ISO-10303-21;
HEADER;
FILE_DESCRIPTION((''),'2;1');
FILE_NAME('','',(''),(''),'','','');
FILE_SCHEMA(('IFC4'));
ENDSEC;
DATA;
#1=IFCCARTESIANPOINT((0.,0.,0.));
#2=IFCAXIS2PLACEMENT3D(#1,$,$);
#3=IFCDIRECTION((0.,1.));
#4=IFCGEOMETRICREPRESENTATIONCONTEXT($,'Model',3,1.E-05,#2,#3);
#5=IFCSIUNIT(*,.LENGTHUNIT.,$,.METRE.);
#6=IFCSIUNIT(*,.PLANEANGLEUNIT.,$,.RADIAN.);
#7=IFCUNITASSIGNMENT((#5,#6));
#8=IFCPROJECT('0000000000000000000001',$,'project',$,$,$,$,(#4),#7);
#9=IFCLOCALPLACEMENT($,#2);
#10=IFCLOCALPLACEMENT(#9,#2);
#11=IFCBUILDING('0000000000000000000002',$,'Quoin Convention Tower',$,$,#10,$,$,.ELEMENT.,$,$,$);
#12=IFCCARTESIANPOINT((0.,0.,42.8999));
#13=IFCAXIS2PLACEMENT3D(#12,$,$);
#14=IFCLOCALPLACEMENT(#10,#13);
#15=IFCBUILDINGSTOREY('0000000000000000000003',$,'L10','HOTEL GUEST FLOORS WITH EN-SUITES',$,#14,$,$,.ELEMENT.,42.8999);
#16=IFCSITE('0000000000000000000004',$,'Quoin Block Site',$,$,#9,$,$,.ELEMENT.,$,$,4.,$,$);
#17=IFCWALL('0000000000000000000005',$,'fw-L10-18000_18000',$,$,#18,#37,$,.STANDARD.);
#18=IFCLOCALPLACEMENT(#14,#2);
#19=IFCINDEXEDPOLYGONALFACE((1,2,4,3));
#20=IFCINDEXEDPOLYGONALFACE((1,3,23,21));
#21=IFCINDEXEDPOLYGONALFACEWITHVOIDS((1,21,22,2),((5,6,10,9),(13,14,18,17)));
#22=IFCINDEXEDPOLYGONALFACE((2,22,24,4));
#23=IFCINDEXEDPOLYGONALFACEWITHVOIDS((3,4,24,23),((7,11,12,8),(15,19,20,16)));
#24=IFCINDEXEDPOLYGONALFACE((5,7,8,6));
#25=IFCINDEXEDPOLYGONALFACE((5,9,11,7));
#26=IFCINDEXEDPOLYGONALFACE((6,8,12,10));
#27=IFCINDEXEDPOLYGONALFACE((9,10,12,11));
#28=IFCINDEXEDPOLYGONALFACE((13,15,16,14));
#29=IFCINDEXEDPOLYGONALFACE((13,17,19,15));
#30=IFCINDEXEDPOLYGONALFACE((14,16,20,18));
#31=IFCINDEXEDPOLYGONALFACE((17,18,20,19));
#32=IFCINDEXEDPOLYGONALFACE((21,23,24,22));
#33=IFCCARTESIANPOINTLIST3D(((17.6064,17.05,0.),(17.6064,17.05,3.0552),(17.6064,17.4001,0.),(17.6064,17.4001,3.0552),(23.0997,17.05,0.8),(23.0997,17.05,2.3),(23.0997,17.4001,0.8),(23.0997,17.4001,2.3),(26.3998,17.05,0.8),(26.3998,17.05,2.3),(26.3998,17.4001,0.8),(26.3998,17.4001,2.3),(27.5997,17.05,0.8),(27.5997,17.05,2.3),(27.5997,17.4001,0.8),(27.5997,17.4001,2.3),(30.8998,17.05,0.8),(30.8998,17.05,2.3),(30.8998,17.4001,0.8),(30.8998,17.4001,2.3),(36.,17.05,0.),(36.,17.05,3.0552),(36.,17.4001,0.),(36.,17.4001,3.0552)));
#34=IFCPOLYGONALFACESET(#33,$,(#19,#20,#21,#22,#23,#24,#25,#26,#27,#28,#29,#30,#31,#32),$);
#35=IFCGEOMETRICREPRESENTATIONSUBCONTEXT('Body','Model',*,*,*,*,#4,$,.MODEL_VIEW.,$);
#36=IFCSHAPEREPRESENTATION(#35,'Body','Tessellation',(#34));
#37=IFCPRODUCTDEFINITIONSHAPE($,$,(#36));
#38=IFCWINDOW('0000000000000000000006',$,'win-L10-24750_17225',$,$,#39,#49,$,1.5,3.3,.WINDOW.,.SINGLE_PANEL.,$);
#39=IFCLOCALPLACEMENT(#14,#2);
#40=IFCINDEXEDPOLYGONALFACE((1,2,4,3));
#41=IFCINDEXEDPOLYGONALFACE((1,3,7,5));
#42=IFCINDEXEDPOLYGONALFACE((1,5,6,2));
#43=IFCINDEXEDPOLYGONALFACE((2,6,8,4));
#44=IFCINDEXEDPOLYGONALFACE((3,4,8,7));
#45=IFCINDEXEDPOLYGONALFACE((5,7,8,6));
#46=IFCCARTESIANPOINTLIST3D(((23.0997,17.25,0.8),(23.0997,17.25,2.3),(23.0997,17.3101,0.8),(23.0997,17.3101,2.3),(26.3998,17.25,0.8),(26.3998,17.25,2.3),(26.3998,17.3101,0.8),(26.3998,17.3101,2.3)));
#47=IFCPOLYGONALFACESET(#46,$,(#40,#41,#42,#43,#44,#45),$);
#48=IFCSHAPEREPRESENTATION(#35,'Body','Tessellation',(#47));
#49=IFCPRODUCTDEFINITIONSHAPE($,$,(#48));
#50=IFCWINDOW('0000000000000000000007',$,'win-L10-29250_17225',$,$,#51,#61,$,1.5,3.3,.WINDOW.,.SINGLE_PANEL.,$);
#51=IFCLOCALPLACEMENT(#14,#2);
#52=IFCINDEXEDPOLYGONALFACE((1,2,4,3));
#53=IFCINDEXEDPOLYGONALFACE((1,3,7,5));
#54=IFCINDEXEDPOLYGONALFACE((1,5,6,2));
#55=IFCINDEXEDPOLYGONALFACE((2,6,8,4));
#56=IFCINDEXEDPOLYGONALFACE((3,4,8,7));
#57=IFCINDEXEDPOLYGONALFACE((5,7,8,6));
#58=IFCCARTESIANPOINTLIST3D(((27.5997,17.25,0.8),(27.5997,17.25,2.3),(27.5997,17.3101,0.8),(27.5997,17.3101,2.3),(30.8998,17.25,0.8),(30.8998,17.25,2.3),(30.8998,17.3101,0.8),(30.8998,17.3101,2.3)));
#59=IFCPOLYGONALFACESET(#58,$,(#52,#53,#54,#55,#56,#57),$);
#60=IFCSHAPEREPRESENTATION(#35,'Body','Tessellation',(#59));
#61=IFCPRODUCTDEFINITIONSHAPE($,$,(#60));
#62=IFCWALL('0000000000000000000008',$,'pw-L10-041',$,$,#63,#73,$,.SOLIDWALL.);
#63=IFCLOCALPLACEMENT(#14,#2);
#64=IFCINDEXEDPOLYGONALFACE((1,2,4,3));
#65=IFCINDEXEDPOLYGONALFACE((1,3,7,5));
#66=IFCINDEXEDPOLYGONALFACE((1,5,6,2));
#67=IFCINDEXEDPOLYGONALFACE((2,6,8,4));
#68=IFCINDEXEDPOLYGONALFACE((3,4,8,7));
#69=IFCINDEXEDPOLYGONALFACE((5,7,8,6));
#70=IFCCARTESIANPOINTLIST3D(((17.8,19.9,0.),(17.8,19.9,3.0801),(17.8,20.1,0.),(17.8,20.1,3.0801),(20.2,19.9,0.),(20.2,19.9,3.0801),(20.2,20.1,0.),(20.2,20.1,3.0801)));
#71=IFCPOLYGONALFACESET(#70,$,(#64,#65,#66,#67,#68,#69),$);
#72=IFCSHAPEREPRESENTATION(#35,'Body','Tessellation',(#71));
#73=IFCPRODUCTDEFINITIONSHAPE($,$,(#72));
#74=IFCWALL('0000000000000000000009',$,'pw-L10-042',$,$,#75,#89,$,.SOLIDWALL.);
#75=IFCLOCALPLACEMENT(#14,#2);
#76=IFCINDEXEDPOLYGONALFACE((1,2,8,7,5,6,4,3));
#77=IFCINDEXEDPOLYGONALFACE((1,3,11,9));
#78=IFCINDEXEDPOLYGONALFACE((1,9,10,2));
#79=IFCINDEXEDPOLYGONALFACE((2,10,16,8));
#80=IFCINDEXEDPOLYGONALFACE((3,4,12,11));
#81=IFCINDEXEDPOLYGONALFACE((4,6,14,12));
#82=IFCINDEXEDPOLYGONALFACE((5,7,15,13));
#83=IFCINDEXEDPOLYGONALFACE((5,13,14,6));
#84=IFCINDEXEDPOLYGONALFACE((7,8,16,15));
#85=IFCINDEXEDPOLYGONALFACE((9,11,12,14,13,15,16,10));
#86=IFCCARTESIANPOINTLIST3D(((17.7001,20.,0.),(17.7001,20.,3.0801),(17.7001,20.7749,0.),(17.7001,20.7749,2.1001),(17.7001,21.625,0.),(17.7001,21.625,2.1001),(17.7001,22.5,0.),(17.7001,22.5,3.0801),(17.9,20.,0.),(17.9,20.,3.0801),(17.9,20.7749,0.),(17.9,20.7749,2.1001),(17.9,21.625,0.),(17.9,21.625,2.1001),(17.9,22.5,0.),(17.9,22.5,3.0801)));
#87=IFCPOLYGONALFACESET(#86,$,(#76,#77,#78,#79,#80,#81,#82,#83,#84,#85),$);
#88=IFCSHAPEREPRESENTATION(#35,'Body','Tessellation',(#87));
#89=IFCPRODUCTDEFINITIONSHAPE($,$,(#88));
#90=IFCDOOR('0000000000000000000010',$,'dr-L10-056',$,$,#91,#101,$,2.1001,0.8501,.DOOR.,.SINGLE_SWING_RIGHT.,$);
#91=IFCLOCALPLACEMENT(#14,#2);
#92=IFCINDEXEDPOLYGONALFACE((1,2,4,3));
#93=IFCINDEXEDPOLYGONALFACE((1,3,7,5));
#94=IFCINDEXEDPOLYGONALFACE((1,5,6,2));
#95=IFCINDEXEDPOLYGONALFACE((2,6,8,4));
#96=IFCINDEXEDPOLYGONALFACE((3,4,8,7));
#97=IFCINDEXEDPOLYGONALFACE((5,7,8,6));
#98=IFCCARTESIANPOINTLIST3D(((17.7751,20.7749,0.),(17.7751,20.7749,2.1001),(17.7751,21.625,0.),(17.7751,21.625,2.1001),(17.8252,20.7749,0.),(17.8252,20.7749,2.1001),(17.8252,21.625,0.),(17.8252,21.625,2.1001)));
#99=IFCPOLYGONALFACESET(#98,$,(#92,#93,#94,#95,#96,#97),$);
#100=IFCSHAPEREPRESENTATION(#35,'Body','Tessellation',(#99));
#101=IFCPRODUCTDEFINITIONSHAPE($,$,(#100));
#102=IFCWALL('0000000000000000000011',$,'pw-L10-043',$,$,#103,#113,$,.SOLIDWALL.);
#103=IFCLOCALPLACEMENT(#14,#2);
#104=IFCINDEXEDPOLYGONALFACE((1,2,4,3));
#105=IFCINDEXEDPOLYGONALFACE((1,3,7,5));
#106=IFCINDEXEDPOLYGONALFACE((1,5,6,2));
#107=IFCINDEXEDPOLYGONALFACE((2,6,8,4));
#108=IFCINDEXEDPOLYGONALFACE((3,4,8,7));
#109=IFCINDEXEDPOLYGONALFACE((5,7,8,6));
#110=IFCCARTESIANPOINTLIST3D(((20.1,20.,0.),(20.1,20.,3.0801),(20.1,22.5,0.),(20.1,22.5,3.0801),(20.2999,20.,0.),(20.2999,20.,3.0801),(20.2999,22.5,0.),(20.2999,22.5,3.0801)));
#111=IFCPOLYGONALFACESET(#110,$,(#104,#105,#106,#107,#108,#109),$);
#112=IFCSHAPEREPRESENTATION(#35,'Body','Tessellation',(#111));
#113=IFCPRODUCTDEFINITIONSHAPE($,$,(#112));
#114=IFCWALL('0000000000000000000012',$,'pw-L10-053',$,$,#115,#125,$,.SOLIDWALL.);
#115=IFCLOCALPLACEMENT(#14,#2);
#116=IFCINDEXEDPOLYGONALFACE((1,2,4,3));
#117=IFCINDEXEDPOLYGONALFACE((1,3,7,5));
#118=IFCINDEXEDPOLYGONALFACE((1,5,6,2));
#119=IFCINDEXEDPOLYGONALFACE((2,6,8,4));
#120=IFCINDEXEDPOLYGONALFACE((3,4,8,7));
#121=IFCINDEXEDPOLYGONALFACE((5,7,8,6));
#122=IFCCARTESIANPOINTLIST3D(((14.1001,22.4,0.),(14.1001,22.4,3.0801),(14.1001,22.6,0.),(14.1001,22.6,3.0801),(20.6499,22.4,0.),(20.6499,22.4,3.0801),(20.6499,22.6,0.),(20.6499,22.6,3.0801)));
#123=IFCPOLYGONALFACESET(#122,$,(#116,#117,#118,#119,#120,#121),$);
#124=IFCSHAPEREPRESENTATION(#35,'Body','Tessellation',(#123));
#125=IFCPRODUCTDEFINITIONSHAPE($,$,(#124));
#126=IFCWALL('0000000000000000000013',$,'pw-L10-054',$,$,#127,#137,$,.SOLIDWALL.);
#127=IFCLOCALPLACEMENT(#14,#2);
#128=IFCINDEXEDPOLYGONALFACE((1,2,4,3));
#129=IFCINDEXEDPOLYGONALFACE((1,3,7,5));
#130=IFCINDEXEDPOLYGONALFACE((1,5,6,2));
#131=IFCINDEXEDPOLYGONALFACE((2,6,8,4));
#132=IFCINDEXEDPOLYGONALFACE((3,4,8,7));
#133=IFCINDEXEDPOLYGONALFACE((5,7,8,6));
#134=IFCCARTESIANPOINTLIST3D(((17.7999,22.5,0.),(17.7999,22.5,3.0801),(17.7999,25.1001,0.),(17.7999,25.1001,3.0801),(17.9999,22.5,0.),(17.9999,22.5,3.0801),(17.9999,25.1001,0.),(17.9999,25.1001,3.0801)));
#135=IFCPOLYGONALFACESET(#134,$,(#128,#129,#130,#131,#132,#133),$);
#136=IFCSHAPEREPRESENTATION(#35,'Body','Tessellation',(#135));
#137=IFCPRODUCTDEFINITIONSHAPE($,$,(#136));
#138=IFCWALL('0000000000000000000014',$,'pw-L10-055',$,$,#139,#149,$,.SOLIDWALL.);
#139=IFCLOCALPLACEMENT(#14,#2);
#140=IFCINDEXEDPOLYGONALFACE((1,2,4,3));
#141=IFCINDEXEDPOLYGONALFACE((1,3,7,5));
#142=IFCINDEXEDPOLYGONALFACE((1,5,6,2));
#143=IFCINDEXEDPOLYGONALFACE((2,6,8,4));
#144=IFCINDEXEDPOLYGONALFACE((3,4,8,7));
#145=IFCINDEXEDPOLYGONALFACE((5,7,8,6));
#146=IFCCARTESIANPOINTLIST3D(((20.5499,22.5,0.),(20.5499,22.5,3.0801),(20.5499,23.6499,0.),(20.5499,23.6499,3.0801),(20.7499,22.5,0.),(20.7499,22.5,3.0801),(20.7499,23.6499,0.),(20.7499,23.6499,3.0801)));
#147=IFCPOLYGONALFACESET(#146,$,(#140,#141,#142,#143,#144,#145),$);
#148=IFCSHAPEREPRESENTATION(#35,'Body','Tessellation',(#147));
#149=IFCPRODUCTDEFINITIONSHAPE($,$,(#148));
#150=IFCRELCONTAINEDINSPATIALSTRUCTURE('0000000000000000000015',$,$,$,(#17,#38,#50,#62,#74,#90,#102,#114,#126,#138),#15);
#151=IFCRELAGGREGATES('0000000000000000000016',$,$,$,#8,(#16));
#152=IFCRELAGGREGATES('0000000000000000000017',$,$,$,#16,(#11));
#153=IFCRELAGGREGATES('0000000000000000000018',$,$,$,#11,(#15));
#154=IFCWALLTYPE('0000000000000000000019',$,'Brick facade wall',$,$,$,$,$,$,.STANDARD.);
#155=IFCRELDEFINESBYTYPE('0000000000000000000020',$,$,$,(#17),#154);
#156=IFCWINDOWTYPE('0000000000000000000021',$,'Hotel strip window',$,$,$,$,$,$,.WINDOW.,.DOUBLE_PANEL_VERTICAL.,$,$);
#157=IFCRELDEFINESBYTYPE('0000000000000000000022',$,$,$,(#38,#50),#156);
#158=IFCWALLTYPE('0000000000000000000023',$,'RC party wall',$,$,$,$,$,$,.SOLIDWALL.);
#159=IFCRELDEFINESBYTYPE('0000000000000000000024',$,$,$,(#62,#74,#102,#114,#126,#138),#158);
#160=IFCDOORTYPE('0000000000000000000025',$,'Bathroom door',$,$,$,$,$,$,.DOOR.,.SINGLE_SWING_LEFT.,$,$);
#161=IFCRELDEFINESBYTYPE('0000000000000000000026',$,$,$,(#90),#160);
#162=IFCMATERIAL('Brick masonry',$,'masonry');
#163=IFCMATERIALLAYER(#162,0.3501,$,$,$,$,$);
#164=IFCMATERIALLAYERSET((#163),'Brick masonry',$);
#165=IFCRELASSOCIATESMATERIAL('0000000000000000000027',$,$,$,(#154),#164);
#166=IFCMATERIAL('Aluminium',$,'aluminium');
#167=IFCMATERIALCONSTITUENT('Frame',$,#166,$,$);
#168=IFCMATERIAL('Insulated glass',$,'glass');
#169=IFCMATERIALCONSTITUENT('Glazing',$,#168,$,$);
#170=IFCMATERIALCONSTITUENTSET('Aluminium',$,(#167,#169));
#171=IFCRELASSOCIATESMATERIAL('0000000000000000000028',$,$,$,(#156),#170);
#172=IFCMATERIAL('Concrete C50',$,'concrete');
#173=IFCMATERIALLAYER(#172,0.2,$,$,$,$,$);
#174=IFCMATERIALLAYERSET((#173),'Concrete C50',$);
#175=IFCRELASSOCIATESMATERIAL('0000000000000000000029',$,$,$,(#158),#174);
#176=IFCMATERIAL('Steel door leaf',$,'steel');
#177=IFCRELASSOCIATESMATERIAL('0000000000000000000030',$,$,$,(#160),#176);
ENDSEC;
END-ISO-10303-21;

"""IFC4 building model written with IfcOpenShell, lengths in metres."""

from ifc_helpers import new_model, si_unit, direction, frame, frame_2d, origin, place, context, subcontext, project, spatial, rectangle, extrude, material, layer, layer_set, constituent, constituent_set, type_object, element, fill, save


model = new_model("IFC4")

# Units and contexts
model_context = context("Model", 3, precision=1e-05, world=origin(), true_north=direction((0.0, 1.0)))
body_context = subcontext(model_context, "Body", "Model", "MODEL_VIEW")
ifc_project = project(units=[si_unit("LENGTHUNIT", "METRE"), si_unit("PLANEANGLEUNIT", "RADIAN")], contexts=[model_context])

# Site, building, storey
site_placement = place(None, origin())
site = spatial("IfcSite", under=ifc_project, at=site_placement, Name="Quoin Block Site", CompositionType="ELEMENT", RefElevation=4.0)
building_placement = place(site_placement, origin())
building = spatial("IfcBuilding", under=site, at=building_placement, Name="Quoin Convention Tower", CompositionType="ELEMENT")
storey_placement = place(building_placement, frame((0.0, 0.0, 42.8999)))
storey = spatial("IfcBuildingStorey", under=building, at=storey_placement, Name="L10", Description="HOTEL GUEST FLOORS WITH EN-SUITES", CompositionType="ELEMENT", Elevation=42.8999)

# Shared definitions
ifc_material_1 = material(Name="Concrete C50", Category="concrete")

# Shared definitions
ifc_material_2 = material(Name="Brick masonry", Category="masonry")
ifc_layer_1 = layer(ifc_material_2, 0.3501)
ifc_layer_set_1 = layer_set([ifc_layer_1], Name="Brick masonry")
wall_type_1 = type_object("IfcWallType", Name="Brick facade wall", PredefinedType="STANDARD", material=ifc_layer_set_1)
ifc_material_3 = material(Name="Aluminium", Category="aluminium")
ifc_constituent_1 = constituent(ifc_material_3, Name="Frame")
ifc_material_4 = material(Name="Insulated glass", Category="glass")
ifc_constituent_2 = constituent(ifc_material_4, Name="Glazing")
ifc_constituent_set = constituent_set(constituents=[ifc_constituent_1, ifc_constituent_2], Name="Aluminium")
window_type = type_object("IfcWindowType", Name="Hotel strip window", PartitioningType="DOUBLE_PANEL_VERTICAL", PredefinedType="WINDOW", material=ifc_constituent_set)

# Wall, openings, windows
wall_1_placement = place(storey_placement, frame((17.6064, 17.2251, 0.0), z_axis=(0.0, 0.0, 1.0), x_axis=(1.0, 0.0, 0.0)))
wall_1 = element("IfcWall", 1, at=wall_1_placement, inside=storey, type_object=wall_type_1, Name="fw-L10-18000_18000", PredefinedType="STANDARD", context=body_context, shape_type="SweptSolid", body=[
    extrude(rectangle(XDim=18.3936, YDim=0.3501, at=frame_2d((9.1968, 0.0))), origin(), (0.0, 0.0, 1.0), 3.0552),
])
opening_1_placement = place(wall_1_placement, frame((5.4934, 0.0, 0.8)))
opening_1 = element("IfcOpeningElement", 2, at=opening_1_placement, cuts=wall_1, PredefinedType="OPENING", context=body_context, shape_type="SweptSolid", body=[
    extrude(rectangle(XDim=3.3, YDim=1.5, at=frame_2d((1.6499, 0.75))), frame((0.0, 0.1851, 0.0), z_axis=(0.0, -1.0, 0.0), x_axis=(1.0, 0.0, 0.0)), (0.0, 0.0, 1.0), 0.3701),
])
opening_2_placement = place(wall_1_placement, frame((9.9934, 0.0, 0.8)))
opening_2 = element("IfcOpeningElement", 3, at=opening_2_placement, cuts=wall_1, PredefinedType="OPENING", context=body_context, shape_type="SweptSolid", body=[
    extrude(rectangle(XDim=3.3, YDim=1.5, at=frame_2d((1.6499, 0.75))), frame((0.0, 0.1851, 0.0), z_axis=(0.0, -1.0, 0.0), x_axis=(1.0, 0.0, 0.0)), (0.0, 0.0, 1.0), 0.3701),
])
window_1_placement = place(opening_1_placement, origin())
window_1 = element("IfcWindow", 4, at=window_1_placement, inside=storey, type_object=window_type, Name="win-L10-24750_17225", OverallHeight=1.5, OverallWidth=3.3, PartitioningType="SINGLE_PANEL", PredefinedType="WINDOW", context=body_context, shape_type="SweptSolid", body=[
    extrude(rectangle(XDim=3.3, YDim=1.5, at=frame_2d((1.6499, 0.75))), frame((0.0, 0.085, 0.0), z_axis=(0.0, -1.0, 0.0), x_axis=(1.0, 0.0, 0.0)), (0.0, 0.0, 1.0), 0.0601),
])
fill(opening_1, window_1)
window_2_placement = place(opening_2_placement, origin())
window_2 = element("IfcWindow", 5, at=window_2_placement, inside=storey, type_object=window_type, Name="win-L10-29250_17225", OverallHeight=1.5, OverallWidth=3.3, PartitioningType="SINGLE_PANEL", PredefinedType="WINDOW", context=body_context, shape_type="SweptSolid", body=[
    extrude(rectangle(XDim=3.3, YDim=1.5, at=frame_2d((1.6499, 0.75))), frame((0.0, 0.085, 0.0), z_axis=(0.0, -1.0, 0.0), x_axis=(1.0, 0.0, 0.0)), (0.0, 0.0, 1.0), 0.0601),
])
fill(opening_2, window_2)

# Wall
ifc_layer_2 = layer(ifc_material_1, 0.2)
ifc_layer_set_2 = layer_set([ifc_layer_2], Name="Concrete C50")
wall_type_2 = type_object("IfcWallType", Name="RC party wall", PredefinedType="SOLIDWALL", material=ifc_layer_set_2)
wall_2_placement = place(storey_placement, frame((17.8, 20.0, 0.0), z_axis=(0.0, 0.0, 1.0), x_axis=(1.0, 0.0, 0.0)))
element("IfcWall", 6, at=wall_2_placement, inside=storey, type_object=wall_type_2, Name="pw-L10-041", PredefinedType="SOLIDWALL", context=body_context, shape_type="SweptSolid", body=[
    extrude(rectangle(XDim=2.3999, YDim=0.2, at=frame_2d((1.2, 0.0))), origin(), (0.0, 0.0, 1.0), 3.0801),
])

# Wall, opening, door
wall_3_placement = place(storey_placement, frame((17.8, 20.0, 0.0), z_axis=(0.0, 0.0, 1.0), x_axis=(0.0, 1.0, 0.0)))
wall_3 = element("IfcWall", 7, at=wall_3_placement, inside=storey, type_object=wall_type_2, Name="pw-L10-042", PredefinedType="SOLIDWALL", context=body_context, shape_type="SweptSolid", body=[
    extrude(rectangle(XDim=2.5, YDim=0.2, at=frame_2d((1.25, 0.0))), origin(), (0.0, 0.0, 1.0), 3.0801),
])
opening_3_placement = place(wall_3_placement, frame((0.7749, 0.0, 0.0)))
opening_3 = element("IfcOpeningElement", 8, at=opening_3_placement, cuts=wall_3, PredefinedType="OPENING", context=body_context, shape_type="SweptSolid", body=[
    extrude(rectangle(XDim=0.8501, YDim=2.1001, at=frame_2d((0.425, 1.05))), frame((0.0, 0.1099, 0.0), z_axis=(0.0, -1.0, 0.0), x_axis=(1.0, 0.0, 0.0)), (0.0, 0.0, 1.0), 0.22),
])
ifc_material_5 = material(Name="Steel door leaf", Category="steel")
door_type = type_object("IfcDoorType", Name="Bathroom door", OperationType="SINGLE_SWING_LEFT", PredefinedType="DOOR", material=ifc_material_5)
door_1_placement = place(opening_3_placement, origin())
door_1 = element("IfcDoor", 9, at=door_1_placement, inside=storey, type_object=door_type, Name="dr-L10-056", OperationType="SINGLE_SWING_RIGHT", OverallHeight=2.1001, OverallWidth=0.8501, PredefinedType="DOOR", context=body_context, shape_type="SweptSolid", body=[
    extrude(rectangle(XDim=0.8501, YDim=2.1001, at=frame_2d((0.425, 1.05))), frame((0.0, 0.0249, 0.0), z_axis=(0.0, -1.0, 0.0), x_axis=(1.0, 0.0, 0.0)), (0.0, 0.0, 1.0), 0.05),
])
fill(opening_3, door_1)

# Walls
wall_4_placement = place(storey_placement, frame((20.2, 20.0, 0.0), z_axis=(0.0, 0.0, 1.0), x_axis=(0.0, 1.0, 0.0)))
element("IfcWall", 10, at=wall_4_placement, inside=storey, type_object=wall_type_2, Name="pw-L10-043", PredefinedType="SOLIDWALL", context=body_context, shape_type="SweptSolid", body=[
    extrude(rectangle(XDim=2.5, YDim=0.2, at=frame_2d((1.25, 0.0))), origin(), (0.0, 0.0, 1.0), 3.0801),
])
wall_5_placement = place(storey_placement, frame((14.1001, 22.5, 0.0), z_axis=(0.0, 0.0, 1.0), x_axis=(1.0, 0.0, 0.0)))
element("IfcWall", 11, at=wall_5_placement, inside=storey, type_object=wall_type_2, Name="pw-L10-053", PredefinedType="SOLIDWALL", context=body_context, shape_type="SweptSolid", body=[
    extrude(rectangle(XDim=6.5498, YDim=0.2, at=frame_2d((3.2749, 0.0))), origin(), (0.0, 0.0, 1.0), 3.0801),
])
wall_6_placement = place(storey_placement, frame((17.8999, 22.5, 0.0), z_axis=(0.0, 0.0, 1.0), x_axis=(0.0, 1.0, 0.0)))
element("IfcWall", 12, at=wall_6_placement, inside=storey, type_object=wall_type_2, Name="pw-L10-054", PredefinedType="SOLIDWALL", context=body_context, shape_type="SweptSolid", body=[
    extrude(rectangle(XDim=2.6001, YDim=0.2, at=frame_2d((1.3, 0.0))), origin(), (0.0, 0.0, 1.0), 3.0801),
])
wall_7_placement = place(storey_placement, frame((20.6499, 22.5, 0.0), z_axis=(0.0, 0.0, 1.0), x_axis=(0.0, 1.0, 0.0)))
element("IfcWall", 13, at=wall_7_placement, inside=storey, type_object=wall_type_2, Name="pw-L10-055", PredefinedType="SOLIDWALL", context=body_context, shape_type="SweptSolid", body=[
    extrude(rectangle(XDim=1.1499, YDim=0.2, at=frame_2d((0.575, 0.0))), origin(), (0.0, 0.0, 1.0), 3.0801),
])

save(model, "model.ifc")
